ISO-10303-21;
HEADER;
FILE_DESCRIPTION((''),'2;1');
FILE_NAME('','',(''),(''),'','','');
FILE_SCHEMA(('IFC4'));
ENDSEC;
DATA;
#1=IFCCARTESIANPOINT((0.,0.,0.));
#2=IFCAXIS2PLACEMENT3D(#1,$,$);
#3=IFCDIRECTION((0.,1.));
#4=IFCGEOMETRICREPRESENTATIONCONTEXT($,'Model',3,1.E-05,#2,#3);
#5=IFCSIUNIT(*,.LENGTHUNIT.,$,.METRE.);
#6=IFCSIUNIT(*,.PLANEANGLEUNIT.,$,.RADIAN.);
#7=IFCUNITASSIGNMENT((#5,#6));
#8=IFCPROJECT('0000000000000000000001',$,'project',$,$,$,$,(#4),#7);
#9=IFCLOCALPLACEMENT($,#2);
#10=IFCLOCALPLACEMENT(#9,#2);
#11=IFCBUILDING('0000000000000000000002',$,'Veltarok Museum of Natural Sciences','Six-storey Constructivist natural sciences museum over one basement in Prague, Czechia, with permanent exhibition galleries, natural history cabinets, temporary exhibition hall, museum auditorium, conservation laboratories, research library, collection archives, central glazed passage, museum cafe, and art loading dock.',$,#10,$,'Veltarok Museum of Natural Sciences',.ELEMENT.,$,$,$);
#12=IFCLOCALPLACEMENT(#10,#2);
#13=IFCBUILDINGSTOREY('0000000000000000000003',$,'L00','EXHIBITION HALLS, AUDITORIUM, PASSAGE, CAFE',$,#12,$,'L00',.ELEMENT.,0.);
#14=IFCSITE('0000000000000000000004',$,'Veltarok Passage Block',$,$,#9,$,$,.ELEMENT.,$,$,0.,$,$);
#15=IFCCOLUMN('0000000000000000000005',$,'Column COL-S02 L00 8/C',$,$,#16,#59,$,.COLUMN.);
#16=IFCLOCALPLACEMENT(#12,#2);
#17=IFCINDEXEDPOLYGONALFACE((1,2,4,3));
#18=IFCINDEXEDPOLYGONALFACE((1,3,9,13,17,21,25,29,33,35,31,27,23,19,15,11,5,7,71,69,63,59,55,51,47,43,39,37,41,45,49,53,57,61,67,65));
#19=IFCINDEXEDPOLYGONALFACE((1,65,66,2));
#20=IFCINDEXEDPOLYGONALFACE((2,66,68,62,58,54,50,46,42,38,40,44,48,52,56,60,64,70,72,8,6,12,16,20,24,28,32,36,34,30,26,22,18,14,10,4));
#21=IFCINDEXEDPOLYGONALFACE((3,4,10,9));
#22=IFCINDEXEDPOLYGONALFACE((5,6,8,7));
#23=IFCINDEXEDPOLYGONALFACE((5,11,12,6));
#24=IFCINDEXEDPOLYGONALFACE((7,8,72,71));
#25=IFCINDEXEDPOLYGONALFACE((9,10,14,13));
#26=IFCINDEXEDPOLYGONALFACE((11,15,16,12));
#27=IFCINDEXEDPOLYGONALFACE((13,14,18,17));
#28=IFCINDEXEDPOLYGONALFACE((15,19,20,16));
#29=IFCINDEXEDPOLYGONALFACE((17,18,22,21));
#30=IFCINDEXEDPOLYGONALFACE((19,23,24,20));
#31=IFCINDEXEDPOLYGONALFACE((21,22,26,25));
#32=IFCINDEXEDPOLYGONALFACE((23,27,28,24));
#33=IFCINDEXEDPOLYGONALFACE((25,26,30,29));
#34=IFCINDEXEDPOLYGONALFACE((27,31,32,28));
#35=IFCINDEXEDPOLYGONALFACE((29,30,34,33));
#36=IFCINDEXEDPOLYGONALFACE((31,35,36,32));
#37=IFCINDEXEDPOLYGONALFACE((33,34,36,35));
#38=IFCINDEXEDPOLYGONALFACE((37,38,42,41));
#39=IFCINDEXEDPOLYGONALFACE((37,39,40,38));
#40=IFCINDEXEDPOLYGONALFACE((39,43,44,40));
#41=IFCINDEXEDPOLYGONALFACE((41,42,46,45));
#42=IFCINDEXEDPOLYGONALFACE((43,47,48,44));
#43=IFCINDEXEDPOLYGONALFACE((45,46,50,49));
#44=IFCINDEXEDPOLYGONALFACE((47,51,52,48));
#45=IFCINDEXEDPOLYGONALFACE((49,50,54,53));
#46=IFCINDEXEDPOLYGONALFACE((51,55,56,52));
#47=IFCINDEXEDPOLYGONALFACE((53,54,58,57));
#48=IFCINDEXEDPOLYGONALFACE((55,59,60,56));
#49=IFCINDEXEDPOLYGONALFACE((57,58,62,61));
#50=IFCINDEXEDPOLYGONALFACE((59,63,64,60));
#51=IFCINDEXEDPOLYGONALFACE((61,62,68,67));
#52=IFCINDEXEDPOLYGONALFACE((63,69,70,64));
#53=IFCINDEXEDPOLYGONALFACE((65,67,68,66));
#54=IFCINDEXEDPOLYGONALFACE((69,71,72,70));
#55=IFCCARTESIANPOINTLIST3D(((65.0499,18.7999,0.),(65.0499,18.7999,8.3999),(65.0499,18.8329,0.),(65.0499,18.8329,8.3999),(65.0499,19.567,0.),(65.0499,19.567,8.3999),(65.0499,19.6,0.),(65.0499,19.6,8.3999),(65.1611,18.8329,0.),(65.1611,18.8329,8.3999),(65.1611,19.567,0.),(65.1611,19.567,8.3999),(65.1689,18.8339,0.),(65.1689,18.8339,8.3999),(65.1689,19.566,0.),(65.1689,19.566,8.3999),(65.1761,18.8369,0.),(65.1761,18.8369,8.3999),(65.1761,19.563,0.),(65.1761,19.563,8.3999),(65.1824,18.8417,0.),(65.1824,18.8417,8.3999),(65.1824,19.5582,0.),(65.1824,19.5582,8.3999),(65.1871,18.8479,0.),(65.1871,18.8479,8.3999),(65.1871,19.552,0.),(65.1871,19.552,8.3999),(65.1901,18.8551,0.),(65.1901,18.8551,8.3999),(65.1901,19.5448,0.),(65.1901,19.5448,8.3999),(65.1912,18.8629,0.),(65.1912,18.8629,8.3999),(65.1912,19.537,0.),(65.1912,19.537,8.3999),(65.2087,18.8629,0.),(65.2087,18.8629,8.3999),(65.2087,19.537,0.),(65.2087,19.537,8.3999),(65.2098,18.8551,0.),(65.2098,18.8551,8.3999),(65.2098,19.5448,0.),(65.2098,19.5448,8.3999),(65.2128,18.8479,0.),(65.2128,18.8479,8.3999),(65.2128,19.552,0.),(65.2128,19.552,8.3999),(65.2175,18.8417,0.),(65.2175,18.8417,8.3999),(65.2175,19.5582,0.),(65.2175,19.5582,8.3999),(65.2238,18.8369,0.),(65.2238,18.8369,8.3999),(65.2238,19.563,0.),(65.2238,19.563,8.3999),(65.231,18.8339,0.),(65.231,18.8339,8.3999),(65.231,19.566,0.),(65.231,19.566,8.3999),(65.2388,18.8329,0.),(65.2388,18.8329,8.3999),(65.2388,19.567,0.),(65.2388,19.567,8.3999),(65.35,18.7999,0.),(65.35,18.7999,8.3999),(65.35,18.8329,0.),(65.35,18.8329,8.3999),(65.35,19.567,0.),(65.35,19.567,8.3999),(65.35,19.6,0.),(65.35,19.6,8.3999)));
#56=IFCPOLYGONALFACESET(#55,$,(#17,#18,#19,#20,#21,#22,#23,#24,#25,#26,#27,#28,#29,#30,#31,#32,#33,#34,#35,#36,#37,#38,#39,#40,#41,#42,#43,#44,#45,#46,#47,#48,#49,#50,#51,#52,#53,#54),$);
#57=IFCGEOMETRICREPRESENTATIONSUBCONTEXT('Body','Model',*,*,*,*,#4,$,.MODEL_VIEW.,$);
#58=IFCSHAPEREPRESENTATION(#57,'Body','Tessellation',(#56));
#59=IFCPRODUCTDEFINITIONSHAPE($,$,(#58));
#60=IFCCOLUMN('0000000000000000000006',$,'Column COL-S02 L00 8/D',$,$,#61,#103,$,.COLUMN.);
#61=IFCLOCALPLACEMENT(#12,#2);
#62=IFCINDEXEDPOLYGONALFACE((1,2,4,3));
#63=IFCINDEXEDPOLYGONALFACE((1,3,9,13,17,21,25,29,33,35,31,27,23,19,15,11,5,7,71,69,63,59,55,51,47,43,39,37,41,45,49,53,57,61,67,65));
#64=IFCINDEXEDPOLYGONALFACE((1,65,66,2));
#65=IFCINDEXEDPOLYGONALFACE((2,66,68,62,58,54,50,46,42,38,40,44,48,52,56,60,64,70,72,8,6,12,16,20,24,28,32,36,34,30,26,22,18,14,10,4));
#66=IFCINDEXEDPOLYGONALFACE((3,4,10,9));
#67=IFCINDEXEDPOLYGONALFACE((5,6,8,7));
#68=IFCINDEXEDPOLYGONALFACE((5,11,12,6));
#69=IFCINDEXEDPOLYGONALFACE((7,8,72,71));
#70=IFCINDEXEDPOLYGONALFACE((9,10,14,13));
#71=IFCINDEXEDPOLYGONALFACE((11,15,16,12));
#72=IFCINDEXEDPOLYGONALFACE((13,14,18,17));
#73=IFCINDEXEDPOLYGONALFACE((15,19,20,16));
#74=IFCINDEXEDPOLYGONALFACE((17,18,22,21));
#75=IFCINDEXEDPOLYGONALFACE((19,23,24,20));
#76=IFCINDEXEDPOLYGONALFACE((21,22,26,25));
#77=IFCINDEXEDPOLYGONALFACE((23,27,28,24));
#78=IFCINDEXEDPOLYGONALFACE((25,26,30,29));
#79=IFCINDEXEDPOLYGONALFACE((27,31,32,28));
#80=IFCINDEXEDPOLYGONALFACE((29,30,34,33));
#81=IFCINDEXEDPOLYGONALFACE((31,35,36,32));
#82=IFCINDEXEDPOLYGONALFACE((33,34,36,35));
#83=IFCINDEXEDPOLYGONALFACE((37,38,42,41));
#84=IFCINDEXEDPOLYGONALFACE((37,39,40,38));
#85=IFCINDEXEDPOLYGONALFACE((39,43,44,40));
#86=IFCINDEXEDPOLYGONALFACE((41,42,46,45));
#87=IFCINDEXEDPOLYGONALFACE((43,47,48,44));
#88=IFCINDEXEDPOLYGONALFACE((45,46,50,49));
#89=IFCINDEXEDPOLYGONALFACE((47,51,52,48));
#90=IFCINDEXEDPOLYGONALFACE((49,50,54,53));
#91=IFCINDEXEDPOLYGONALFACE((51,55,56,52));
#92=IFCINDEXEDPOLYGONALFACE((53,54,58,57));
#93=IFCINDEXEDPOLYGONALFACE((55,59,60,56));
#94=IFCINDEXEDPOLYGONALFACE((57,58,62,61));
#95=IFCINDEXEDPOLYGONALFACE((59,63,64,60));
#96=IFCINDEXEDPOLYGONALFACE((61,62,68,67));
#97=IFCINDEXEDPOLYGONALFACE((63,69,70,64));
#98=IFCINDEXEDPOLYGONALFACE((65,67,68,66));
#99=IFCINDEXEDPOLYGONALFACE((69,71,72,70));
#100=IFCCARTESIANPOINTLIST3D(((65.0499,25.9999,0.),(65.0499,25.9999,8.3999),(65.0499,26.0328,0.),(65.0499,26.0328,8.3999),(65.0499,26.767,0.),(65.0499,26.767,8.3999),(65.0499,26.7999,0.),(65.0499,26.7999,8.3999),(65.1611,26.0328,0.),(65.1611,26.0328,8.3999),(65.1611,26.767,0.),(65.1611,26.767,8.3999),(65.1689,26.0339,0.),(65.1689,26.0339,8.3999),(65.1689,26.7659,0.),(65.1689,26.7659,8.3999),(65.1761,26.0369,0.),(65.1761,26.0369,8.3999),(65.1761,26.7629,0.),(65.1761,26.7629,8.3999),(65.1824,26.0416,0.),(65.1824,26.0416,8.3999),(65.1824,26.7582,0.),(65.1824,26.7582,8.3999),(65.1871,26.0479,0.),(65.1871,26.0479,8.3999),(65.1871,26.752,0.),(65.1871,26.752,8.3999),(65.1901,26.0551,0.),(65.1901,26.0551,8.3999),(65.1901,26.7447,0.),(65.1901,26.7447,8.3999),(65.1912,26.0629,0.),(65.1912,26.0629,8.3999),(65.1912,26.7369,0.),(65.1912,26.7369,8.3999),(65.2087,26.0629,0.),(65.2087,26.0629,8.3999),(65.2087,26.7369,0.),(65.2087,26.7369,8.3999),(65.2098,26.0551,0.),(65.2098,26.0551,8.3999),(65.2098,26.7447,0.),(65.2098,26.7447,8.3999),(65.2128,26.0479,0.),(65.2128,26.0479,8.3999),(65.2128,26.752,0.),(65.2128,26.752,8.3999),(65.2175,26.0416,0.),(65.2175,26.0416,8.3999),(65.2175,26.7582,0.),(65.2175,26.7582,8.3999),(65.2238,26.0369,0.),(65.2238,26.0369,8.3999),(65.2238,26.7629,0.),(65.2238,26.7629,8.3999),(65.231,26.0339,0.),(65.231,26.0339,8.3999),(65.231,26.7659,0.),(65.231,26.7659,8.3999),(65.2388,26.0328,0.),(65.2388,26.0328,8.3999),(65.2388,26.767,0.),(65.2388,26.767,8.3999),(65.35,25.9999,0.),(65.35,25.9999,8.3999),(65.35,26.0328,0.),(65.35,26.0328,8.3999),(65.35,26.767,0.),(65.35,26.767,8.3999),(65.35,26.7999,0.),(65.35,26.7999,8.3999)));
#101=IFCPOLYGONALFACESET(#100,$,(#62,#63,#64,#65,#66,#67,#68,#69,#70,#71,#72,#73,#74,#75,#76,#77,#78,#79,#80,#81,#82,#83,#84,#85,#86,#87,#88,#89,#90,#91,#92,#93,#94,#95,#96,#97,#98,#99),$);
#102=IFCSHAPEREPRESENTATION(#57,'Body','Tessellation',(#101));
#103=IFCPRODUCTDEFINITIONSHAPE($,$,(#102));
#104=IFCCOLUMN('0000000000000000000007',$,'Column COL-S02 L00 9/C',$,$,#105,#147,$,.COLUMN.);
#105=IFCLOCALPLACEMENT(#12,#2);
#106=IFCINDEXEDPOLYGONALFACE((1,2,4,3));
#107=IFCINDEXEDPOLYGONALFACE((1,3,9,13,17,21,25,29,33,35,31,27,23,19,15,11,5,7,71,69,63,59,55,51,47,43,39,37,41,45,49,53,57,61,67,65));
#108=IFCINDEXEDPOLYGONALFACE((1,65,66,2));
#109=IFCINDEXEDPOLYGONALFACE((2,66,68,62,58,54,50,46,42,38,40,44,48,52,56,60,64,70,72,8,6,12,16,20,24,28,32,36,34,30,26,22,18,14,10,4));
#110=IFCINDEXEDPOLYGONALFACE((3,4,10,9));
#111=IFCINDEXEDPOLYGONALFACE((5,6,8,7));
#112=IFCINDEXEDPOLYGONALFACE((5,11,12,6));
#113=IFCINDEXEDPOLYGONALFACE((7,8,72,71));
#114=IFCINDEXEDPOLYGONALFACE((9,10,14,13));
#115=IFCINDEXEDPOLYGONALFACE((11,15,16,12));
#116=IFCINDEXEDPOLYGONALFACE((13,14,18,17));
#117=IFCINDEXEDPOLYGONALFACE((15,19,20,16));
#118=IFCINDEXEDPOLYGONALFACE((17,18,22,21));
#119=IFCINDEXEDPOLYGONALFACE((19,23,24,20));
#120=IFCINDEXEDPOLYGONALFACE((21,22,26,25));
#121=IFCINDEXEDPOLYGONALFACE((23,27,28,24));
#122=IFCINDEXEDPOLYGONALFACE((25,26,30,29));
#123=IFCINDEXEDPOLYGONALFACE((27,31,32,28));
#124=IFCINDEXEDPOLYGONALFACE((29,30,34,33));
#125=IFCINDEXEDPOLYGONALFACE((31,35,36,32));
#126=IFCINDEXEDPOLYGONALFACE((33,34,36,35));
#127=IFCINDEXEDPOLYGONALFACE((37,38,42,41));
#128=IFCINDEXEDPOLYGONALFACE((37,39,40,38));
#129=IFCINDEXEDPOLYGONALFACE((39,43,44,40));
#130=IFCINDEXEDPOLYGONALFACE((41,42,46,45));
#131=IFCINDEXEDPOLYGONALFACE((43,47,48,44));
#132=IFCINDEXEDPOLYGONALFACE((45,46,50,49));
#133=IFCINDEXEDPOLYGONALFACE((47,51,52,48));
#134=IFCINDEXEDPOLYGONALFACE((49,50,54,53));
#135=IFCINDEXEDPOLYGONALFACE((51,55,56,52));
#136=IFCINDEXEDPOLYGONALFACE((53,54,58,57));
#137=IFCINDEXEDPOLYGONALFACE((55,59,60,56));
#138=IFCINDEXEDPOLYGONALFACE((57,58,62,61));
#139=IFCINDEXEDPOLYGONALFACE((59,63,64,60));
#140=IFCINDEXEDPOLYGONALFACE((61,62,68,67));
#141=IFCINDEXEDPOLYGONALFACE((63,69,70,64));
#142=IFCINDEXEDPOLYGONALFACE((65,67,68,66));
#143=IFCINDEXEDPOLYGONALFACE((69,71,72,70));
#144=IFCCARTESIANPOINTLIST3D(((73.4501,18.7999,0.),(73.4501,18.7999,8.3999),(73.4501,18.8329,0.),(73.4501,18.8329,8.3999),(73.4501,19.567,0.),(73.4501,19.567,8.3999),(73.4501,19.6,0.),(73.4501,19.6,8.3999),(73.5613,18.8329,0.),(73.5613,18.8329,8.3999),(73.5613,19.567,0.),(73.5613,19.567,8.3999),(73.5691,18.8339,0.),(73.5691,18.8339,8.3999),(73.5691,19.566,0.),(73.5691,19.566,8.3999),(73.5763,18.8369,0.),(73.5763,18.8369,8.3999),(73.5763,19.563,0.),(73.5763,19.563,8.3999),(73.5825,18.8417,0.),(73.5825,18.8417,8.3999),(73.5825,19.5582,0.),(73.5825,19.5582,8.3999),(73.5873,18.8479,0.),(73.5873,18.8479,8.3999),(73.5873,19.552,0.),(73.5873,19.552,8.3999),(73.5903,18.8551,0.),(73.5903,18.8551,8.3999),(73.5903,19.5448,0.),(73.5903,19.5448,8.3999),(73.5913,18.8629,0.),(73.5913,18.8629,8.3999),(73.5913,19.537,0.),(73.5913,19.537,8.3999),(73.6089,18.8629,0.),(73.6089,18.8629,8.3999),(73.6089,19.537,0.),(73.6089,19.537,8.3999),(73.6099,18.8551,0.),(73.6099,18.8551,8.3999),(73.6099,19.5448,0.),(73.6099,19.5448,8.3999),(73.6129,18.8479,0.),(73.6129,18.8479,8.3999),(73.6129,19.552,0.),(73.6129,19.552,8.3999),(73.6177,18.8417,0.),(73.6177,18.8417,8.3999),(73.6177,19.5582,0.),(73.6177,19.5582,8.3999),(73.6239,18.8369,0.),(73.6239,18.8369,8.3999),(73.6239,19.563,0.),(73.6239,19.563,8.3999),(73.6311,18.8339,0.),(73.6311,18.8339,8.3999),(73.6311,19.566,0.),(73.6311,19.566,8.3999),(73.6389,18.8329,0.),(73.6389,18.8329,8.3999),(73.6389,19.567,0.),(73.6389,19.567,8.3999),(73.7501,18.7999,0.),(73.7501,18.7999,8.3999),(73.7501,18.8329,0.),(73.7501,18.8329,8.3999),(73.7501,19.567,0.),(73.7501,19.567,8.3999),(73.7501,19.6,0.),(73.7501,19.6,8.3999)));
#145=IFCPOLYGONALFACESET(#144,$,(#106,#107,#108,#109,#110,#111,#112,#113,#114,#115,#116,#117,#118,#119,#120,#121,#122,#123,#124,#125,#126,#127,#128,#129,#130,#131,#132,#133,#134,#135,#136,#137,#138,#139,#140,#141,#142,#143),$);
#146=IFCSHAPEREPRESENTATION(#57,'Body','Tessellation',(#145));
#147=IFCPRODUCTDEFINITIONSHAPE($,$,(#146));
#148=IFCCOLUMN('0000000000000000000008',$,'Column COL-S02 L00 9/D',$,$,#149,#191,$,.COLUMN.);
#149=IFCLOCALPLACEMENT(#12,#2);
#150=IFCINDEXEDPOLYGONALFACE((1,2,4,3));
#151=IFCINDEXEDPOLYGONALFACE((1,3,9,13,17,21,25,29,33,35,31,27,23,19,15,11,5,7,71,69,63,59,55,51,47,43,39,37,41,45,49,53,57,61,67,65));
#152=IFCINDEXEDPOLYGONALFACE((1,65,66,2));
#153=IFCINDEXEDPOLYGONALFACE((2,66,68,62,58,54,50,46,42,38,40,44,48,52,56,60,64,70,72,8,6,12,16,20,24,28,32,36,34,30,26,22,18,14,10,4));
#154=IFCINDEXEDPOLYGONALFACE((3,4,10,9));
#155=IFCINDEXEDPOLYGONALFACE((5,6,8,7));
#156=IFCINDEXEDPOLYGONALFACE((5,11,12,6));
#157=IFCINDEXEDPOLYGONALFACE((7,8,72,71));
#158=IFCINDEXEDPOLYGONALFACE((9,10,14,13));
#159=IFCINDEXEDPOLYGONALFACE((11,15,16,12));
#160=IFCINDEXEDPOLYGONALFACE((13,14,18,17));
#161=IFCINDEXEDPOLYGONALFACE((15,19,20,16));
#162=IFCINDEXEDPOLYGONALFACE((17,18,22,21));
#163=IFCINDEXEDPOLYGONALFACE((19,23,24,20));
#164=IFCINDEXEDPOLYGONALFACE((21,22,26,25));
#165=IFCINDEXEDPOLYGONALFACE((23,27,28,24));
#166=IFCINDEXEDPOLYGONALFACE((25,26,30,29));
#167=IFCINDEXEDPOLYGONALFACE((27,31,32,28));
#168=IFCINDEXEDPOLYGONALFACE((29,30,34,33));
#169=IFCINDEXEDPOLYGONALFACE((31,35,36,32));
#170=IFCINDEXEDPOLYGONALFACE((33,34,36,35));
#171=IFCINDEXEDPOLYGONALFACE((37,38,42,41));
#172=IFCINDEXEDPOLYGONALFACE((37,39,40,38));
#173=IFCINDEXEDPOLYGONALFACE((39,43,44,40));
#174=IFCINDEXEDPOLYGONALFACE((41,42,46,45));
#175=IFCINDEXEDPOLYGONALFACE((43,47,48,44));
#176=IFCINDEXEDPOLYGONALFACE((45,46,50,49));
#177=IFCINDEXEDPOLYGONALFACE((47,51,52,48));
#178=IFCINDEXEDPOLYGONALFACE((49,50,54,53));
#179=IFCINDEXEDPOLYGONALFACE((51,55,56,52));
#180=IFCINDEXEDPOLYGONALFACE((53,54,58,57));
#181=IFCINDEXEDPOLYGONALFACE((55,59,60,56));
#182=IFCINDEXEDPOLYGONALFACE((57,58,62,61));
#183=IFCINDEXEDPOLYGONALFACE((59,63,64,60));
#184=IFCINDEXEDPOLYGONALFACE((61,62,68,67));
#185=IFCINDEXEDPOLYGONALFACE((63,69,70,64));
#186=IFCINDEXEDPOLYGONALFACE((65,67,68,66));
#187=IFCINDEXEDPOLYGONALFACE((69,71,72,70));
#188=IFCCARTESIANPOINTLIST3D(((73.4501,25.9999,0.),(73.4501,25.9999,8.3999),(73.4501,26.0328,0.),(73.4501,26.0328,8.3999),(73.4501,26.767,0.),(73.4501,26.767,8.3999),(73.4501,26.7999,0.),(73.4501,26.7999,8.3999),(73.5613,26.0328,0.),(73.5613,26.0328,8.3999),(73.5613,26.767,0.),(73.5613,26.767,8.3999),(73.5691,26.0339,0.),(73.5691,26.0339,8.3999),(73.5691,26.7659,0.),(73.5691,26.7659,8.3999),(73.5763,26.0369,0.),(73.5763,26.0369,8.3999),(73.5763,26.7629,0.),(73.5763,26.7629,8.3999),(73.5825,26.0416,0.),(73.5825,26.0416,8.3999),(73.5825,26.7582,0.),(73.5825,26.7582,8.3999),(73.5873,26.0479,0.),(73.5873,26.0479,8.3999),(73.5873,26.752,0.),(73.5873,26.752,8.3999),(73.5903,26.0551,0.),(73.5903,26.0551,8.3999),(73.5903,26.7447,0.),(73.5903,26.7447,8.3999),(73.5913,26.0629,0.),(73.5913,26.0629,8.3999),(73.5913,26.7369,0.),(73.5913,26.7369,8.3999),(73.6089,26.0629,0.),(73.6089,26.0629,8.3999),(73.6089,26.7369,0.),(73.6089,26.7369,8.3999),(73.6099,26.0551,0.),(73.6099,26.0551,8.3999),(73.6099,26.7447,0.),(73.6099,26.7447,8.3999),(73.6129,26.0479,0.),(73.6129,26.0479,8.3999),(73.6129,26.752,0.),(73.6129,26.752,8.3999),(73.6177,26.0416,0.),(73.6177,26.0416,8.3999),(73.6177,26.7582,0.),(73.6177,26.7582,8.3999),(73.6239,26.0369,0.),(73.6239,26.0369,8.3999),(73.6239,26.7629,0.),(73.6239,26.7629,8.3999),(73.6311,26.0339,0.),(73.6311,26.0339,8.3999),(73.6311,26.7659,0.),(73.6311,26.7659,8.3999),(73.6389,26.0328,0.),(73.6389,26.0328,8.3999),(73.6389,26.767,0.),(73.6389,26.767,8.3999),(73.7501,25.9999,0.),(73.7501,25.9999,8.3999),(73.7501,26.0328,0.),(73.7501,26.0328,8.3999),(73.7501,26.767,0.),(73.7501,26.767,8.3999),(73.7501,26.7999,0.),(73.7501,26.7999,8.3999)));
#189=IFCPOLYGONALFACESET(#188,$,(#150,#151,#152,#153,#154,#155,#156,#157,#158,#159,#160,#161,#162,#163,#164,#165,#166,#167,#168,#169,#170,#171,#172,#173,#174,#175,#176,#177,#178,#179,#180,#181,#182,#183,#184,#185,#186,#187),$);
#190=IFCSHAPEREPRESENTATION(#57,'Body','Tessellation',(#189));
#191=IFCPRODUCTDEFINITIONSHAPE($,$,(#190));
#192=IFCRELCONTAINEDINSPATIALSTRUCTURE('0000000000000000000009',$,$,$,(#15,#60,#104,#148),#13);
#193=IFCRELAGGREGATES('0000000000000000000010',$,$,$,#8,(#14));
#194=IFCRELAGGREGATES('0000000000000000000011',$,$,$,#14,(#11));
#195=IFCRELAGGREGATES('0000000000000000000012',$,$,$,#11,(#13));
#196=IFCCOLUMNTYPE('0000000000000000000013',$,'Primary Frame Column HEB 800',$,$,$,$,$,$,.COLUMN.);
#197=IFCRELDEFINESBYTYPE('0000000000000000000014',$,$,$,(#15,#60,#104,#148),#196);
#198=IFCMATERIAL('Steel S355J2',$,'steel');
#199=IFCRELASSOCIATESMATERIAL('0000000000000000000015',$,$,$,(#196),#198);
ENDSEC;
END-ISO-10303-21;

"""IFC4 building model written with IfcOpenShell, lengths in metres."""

from ifc_helpers import new_model, si_unit, direction, frame, origin, origin_2d, place, context, subcontext, project, spatial, i_section, extrude, material, material_profile, profile_set, type_object, element, save


model = new_model("IFC4")

# Units and contexts
model_context = context("Model", 3, precision=1e-05, world=origin(), true_north=direction((0.0, 1.0)))
body_context = subcontext(model_context, "Body", "Model", "MODEL_VIEW")
ifc_project = project(units=[si_unit("LENGTHUNIT", "METRE"), si_unit("PLANEANGLEUNIT", "RADIAN")], contexts=[model_context])

# Site, building, storey
site_placement = place(None, origin())
site = spatial("IfcSite", under=ifc_project, at=site_placement, Name="Veltarok Passage Block", CompositionType="ELEMENT", RefElevation=0.0)
building_placement = place(site_placement, origin())
building = spatial("IfcBuilding", under=site, at=building_placement, Name="Veltarok Museum of Natural Sciences", Description="Six-storey Constructivist natural sciences museum over one basement in Prague, Czechia, with permanent exhibition galleries, natural history cabinets, temporary exhibition hall, museum auditorium, conservation laboratories, research library, collection archives, central glazed passage, museum cafe, and art loading dock.", LongName="Veltarok Museum of Natural Sciences", CompositionType="ELEMENT")
storey_placement = place(building_placement, origin())
storey = spatial("IfcBuildingStorey", under=building, at=storey_placement, Name="L00", Description="EXHIBITION HALLS, AUDITORIUM, PASSAGE, CAFE", LongName="L00", CompositionType="ELEMENT", Elevation=0.0)

# Columns
ifc_material_1 = material(Name="Steel S355J2", Category="steel")
ifc_material_profile_1 = material_profile(ifc_material_1, i_section(OverallWidth=0.3, OverallDepth=0.8, WebThickness=0.0176, FlangeThickness=0.033, FilletRadius=0.03, at=origin_2d()), Name="HEB 800")
ifc_profile_set_1 = profile_set([ifc_material_profile_1], Name="Steel S355J2")
column_type = type_object("IfcColumnType", Name="Primary Frame Column HEB 800", PredefinedType="COLUMN", material=ifc_profile_set_1)
for number, where, z_axis, x_axis, name in (
    (1, (65.2, 19.2, 0.0), (0.0, 0.0, 1.0), (1.0, 0.0, 0.0), "Column COL-S02 L00 8/C"),
    (2, (65.2, 26.3999, 0.0), (0.0, 0.0, 1.0), (1.0, 0.0, 0.0), "Column COL-S02 L00 8/D"),
    (3, (73.6001, 19.2, 0.0), (0.0, 0.0, 1.0), (1.0, 0.0, 0.0), "Column COL-S02 L00 9/C"),
    (4, (73.6001, 26.3999, 0.0), (0.0, 0.0, 1.0), (1.0, 0.0, 0.0), "Column COL-S02 L00 9/D"),
):
    element("IfcColumn", number, at=place(storey_placement, frame(where, z_axis=z_axis, x_axis=x_axis)), inside=storey, type_object=column_type, Name=name, PredefinedType="COLUMN", context=body_context, shape_type="SweptSolid", body=[
        extrude(i_section(OverallWidth=0.3, OverallDepth=0.8, WebThickness=0.0176, FlangeThickness=0.033, FilletRadius=0.03, at=origin_2d()), origin(), (0.0, 0.0, 1.0), 8.3999),
    ])

save(model, "model.ifc")
